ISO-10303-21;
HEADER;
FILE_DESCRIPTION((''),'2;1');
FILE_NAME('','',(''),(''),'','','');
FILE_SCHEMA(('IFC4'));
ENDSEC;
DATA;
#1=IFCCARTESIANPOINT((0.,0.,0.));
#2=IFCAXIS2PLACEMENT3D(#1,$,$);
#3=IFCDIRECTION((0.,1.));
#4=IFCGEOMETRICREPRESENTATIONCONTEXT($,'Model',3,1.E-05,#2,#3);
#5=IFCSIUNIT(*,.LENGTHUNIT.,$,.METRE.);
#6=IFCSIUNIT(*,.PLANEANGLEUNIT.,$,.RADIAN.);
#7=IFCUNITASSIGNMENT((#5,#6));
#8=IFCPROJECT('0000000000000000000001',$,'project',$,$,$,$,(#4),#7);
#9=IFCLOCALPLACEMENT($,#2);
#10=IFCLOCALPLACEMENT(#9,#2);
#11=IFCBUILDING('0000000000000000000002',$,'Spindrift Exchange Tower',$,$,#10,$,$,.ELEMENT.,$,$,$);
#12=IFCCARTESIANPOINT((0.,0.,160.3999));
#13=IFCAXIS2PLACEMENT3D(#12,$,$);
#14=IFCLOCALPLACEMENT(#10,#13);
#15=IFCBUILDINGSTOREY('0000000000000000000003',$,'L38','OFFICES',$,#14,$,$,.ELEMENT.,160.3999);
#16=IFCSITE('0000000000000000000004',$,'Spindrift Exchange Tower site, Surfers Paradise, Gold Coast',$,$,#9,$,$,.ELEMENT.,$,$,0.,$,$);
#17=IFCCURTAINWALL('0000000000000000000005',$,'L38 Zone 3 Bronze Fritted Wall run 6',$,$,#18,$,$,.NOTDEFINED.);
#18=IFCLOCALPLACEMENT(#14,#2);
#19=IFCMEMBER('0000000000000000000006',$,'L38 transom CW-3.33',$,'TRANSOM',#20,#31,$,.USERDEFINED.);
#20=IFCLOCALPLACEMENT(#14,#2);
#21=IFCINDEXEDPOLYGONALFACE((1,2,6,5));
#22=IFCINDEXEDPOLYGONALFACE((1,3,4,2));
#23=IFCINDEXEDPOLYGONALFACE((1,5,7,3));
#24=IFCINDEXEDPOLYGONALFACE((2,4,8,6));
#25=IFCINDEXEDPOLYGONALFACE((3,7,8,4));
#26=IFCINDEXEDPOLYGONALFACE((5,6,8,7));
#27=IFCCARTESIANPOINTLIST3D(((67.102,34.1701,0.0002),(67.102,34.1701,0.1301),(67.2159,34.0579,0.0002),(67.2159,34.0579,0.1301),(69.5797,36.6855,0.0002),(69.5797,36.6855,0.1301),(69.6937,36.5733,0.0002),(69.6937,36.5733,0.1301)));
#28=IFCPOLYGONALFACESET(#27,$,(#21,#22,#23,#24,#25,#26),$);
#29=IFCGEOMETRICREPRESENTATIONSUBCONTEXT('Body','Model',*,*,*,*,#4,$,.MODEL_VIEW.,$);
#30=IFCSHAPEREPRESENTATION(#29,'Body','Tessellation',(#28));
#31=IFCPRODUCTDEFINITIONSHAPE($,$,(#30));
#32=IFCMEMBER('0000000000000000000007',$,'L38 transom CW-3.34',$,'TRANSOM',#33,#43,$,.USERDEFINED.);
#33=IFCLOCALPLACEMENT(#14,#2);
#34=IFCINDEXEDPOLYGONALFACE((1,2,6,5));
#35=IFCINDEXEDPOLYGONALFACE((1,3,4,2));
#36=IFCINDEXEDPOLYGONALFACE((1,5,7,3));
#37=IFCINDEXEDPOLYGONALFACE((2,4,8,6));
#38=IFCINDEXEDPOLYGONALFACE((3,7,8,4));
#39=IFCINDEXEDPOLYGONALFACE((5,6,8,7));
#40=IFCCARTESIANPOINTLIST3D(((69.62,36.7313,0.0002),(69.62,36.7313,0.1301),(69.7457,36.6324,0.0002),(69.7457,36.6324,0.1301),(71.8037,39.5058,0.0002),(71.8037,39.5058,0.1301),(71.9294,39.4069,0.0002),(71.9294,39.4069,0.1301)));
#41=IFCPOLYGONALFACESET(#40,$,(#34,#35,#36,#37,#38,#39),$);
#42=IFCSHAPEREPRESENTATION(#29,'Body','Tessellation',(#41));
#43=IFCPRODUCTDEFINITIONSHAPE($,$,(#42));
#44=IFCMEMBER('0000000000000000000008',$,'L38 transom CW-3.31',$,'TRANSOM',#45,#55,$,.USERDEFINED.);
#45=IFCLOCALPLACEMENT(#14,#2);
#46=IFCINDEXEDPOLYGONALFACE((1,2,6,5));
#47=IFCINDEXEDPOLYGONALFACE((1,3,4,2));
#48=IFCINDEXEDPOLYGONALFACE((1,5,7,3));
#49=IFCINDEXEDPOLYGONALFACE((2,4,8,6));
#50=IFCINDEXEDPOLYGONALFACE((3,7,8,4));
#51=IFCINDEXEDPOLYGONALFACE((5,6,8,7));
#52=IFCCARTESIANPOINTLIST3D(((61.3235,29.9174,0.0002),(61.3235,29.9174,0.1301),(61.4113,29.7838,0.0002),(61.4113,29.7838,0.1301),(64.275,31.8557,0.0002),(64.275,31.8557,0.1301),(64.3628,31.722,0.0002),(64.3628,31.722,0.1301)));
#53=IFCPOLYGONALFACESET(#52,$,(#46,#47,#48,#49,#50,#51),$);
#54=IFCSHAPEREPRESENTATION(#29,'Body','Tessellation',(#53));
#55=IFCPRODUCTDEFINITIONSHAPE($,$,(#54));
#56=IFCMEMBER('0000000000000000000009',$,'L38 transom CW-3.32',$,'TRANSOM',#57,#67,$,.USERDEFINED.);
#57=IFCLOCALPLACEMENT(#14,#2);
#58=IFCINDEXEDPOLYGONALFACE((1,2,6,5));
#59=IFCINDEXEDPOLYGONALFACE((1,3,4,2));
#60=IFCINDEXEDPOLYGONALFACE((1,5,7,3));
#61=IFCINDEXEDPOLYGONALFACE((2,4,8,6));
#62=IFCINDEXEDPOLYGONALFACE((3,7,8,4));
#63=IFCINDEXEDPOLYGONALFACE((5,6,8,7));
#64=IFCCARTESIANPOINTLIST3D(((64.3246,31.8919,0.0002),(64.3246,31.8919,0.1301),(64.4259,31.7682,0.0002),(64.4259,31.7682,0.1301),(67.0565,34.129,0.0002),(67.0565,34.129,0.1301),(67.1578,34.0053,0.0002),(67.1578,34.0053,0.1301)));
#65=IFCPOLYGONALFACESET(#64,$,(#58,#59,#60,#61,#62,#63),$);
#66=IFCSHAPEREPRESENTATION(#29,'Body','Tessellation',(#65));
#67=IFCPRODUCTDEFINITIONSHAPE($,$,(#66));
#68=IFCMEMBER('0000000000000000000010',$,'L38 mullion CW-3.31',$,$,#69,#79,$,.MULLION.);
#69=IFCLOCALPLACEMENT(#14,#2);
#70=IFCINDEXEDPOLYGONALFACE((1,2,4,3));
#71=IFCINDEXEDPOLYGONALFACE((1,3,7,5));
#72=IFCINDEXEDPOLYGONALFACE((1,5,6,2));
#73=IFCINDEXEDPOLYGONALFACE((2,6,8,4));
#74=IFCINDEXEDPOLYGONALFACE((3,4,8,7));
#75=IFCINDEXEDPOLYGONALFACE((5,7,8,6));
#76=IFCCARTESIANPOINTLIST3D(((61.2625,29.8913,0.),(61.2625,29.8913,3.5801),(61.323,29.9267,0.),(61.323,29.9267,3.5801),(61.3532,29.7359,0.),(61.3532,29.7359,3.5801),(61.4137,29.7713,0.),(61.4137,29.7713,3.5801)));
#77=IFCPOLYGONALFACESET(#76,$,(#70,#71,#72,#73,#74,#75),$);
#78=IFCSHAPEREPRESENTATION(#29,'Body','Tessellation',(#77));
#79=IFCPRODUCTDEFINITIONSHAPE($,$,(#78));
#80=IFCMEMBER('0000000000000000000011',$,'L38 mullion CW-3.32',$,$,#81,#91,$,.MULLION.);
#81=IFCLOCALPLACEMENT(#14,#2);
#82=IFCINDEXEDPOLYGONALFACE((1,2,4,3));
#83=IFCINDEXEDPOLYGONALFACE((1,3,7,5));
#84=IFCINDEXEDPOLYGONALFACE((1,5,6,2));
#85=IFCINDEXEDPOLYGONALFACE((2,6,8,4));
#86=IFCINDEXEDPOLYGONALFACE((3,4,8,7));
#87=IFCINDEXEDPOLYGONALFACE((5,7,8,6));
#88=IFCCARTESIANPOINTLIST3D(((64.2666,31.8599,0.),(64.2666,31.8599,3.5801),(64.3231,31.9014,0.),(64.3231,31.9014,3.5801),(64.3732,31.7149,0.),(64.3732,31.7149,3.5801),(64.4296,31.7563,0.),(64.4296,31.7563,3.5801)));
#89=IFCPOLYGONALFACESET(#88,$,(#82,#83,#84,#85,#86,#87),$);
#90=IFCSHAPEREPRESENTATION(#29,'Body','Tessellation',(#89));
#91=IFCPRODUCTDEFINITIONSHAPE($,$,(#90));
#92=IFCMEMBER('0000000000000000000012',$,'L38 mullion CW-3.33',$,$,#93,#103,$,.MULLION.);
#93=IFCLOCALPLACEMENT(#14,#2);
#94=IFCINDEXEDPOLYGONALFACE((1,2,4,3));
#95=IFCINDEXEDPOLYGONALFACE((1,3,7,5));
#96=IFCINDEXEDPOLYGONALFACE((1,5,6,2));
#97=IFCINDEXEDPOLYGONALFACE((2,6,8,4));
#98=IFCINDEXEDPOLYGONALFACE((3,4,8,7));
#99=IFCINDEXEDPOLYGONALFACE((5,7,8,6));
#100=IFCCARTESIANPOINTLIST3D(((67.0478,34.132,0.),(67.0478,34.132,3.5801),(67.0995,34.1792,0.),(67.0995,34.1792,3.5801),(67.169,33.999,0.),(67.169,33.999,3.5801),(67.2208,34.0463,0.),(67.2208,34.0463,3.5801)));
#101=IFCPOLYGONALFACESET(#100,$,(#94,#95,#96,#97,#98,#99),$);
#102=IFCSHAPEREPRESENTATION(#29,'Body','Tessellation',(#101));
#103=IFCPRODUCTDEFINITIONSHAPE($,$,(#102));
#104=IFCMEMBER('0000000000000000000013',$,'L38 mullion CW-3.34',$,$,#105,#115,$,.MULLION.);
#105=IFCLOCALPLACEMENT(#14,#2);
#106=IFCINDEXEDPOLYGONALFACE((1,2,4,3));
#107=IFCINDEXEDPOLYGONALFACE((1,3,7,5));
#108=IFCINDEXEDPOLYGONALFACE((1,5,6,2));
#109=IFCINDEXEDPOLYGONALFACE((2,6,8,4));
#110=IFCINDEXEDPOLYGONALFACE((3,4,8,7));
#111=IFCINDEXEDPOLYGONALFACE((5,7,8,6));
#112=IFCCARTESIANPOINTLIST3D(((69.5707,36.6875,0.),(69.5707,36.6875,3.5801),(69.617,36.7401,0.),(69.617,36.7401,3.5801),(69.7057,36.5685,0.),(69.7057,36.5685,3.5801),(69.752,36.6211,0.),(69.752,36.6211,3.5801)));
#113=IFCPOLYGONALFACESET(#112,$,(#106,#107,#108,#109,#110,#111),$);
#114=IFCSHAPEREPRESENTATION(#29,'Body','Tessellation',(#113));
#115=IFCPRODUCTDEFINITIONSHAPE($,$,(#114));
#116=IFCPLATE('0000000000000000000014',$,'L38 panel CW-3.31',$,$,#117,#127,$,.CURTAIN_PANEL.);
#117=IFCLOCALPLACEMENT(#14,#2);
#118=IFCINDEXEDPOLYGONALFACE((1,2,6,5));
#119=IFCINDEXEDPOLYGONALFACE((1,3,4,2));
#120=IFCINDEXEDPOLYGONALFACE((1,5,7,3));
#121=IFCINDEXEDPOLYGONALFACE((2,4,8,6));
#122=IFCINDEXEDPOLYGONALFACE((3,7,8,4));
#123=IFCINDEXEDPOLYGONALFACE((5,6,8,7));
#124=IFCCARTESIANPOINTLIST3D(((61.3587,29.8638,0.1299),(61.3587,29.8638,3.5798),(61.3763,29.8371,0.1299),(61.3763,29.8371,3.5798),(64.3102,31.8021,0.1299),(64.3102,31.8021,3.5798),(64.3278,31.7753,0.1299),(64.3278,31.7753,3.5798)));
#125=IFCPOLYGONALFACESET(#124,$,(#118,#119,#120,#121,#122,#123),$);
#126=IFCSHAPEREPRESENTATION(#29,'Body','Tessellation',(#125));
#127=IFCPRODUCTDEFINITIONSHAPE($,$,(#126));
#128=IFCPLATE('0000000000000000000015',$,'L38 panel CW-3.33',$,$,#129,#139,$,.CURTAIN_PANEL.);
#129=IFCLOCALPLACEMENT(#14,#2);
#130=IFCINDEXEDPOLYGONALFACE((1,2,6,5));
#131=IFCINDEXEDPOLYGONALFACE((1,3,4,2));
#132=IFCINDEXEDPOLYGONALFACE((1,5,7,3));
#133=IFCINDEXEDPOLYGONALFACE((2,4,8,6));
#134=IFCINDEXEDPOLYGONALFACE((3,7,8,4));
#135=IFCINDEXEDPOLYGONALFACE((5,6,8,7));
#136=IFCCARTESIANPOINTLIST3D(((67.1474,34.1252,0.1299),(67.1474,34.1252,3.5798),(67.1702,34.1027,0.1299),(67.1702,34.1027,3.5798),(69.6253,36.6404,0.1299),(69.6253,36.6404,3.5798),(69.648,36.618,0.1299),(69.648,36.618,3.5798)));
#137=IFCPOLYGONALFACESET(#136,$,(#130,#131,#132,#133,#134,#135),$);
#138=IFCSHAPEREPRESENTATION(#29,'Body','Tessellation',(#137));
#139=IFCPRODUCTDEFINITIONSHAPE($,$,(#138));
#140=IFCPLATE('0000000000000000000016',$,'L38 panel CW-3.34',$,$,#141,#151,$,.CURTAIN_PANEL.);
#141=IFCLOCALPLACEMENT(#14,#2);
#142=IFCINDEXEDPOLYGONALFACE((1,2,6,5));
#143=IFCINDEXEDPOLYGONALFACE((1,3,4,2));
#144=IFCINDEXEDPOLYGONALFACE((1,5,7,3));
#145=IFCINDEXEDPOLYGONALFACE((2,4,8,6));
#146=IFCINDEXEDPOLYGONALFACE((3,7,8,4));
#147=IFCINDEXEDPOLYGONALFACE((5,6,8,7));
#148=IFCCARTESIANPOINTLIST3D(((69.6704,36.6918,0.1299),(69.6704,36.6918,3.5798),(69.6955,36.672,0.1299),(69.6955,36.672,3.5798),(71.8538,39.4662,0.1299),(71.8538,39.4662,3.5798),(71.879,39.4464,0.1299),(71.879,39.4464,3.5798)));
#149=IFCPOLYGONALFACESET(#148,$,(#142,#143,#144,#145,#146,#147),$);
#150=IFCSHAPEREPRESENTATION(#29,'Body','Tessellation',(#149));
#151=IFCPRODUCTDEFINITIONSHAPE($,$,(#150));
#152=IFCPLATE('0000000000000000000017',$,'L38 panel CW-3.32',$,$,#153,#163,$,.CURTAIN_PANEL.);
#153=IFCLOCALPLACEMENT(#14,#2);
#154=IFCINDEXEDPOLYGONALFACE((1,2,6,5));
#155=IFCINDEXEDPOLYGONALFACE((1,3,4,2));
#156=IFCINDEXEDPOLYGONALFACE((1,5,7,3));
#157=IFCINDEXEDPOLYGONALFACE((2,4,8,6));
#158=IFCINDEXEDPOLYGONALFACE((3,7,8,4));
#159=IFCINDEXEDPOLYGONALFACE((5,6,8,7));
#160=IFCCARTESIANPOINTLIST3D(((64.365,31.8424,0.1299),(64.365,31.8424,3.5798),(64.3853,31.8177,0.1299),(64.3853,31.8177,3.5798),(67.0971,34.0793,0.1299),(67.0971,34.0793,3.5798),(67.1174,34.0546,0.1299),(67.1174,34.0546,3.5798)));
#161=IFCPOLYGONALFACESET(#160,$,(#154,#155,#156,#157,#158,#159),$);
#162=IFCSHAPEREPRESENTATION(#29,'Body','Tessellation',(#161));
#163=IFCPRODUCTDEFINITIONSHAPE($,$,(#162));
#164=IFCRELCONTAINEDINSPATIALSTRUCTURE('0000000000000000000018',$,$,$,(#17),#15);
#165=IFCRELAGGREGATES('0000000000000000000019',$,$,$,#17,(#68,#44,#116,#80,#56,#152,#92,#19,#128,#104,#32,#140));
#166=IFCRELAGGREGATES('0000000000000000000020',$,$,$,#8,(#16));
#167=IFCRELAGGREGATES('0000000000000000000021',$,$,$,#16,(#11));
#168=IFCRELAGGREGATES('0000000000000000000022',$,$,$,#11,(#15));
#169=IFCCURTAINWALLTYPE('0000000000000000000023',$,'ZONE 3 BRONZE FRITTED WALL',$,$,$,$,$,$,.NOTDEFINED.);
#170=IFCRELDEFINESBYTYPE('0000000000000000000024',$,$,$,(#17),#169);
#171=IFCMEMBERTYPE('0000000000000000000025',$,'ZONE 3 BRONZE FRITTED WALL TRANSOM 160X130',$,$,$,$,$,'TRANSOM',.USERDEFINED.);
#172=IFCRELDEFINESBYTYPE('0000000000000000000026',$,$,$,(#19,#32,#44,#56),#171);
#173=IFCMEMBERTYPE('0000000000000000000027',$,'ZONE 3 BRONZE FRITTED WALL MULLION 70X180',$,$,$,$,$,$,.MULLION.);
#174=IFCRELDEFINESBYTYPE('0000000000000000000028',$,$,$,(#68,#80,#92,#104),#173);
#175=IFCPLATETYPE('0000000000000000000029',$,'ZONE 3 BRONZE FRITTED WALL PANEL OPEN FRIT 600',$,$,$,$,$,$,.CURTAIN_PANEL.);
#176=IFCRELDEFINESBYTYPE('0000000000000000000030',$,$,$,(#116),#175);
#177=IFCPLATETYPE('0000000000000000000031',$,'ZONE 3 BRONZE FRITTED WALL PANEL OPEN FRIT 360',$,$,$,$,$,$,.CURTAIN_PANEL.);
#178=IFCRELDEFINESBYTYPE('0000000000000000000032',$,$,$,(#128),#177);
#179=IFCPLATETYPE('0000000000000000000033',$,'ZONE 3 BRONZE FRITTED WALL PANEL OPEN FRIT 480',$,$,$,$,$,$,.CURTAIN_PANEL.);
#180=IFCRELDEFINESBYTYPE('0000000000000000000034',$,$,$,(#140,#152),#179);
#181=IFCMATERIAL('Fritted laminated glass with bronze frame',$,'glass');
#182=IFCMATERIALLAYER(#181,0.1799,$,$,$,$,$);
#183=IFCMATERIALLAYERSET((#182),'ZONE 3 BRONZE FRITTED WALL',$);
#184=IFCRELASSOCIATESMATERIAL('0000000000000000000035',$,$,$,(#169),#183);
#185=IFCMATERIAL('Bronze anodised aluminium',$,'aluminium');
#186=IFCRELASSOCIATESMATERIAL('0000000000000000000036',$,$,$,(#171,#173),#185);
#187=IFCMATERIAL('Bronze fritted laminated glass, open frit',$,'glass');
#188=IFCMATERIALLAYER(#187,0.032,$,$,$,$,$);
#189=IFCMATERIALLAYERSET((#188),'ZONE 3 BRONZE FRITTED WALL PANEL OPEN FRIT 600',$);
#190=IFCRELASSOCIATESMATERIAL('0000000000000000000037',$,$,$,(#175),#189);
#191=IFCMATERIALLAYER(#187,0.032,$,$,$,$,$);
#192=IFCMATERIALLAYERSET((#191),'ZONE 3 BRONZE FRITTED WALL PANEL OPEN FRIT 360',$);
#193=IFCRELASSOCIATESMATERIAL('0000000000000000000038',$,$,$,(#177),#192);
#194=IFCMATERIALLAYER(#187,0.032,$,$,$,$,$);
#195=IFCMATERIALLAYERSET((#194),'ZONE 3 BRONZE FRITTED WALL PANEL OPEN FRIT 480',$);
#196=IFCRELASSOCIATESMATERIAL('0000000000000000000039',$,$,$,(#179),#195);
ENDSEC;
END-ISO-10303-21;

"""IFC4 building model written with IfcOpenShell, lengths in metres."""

from ifc_helpers import new_model, si_unit, direction, frame, origin, origin_2d, place, context, subcontext, project, spatial, rectangle, extrude, source, transform, mapped, material, layer, layer_set, material_profile, profile_set, type_object, element, aggregate, save


model = new_model("IFC4")

# Units and contexts
model_context = context("Model", 3, precision=1e-05, world=origin(), true_north=direction((0.0, 1.0)))
body_context = subcontext(model_context, "Body", "Model", "MODEL_VIEW")
ifc_project = project(units=[si_unit("LENGTHUNIT", "METRE"), si_unit("PLANEANGLEUNIT", "RADIAN")], contexts=[model_context])

# Site, building, storey
site_placement = place(None, origin())
site = spatial("IfcSite", under=ifc_project, at=site_placement, Name="Spindrift Exchange Tower site, Surfers Paradise, Gold Coast", CompositionType="ELEMENT", RefElevation=0.0)
building_placement = place(site_placement, origin())
building = spatial("IfcBuilding", under=site, at=building_placement, Name="Spindrift Exchange Tower", CompositionType="ELEMENT")
storey_placement = place(building_placement, frame((0.0, 0.0, 160.3999)))
storey = spatial("IfcBuildingStorey", under=building, at=storey_placement, Name="L38", Description="OFFICES", CompositionType="ELEMENT", Elevation=160.3999)

# Curtain wall, members, plates
ifc_material_1 = material(Name="Fritted laminated glass with bronze frame", Category="glass")
ifc_layer_1 = layer(ifc_material_1, 0.1799)
ifc_layer_set_1 = layer_set([ifc_layer_1], Name="ZONE 3 BRONZE FRITTED WALL")
curtain_wall_type = type_object("IfcCurtainWallType", Name="ZONE 3 BRONZE FRITTED WALL", PredefinedType="NOTDEFINED", material=ifc_layer_set_1)
curtain_wall_placement = place(storey_placement, origin())
curtain_wall = element("IfcCurtainWall", 1, at=curtain_wall_placement, inside=storey, type_object=curtain_wall_type, Name="L38 Zone 3 Bronze Fritted Wall run 6", PredefinedType="NOTDEFINED")
ifc_material_2 = material(Name="Bronze anodised aluminium", Category="aluminium")
ifc_material_profile_1 = material_profile(ifc_material_2, rectangle(XDim=0.1599, YDim=0.1299, at=origin_2d()), Name="ZONE 3 BRONZE FRITTED WALL TRANSOM 160X130")
ifc_profile_set_1 = profile_set([ifc_material_profile_1], Name="Bronze anodised aluminium")
member_type_1 = type_object("IfcMemberType", Name="ZONE 3 BRONZE FRITTED WALL TRANSOM 160X130", ElementType="TRANSOM", PredefinedType="USERDEFINED", material=ifc_profile_set_1)
shared_shape_1 = source(origin(), body_context, "Body", "SweptSolid", [
    extrude(rectangle(XDim=0.1599, YDim=0.1299, at=origin_2d()), origin(), (0.0, 0.0, 1.0), 3.5308),
])
member_1_placement = place(storey_placement, frame((67.1589, 34.114, 0.0652), z_axis=(0.701762, 0.712411, 0.0), x_axis=(-0.712411, 0.701762, 0.0)))
member_1 = element("IfcMember", 2, at=member_1_placement, type_object=member_type_1, Name="L38 transom CW-3.33", ObjectType="TRANSOM", PredefinedType="USERDEFINED", context=body_context, shape_type="MappedRepresentation", body=[
    mapped(shared_shape_1, transform((0.0, 0.0, 0.0), scale=1.0)),
])
member_2_placement = place(storey_placement, frame((69.6829, 36.6819, 0.0652), z_axis=(0.618469, 0.785809, 0.0), x_axis=(-0.785809, 0.618469, 0.0)))
member_2 = element("IfcMember", 3, at=member_2_placement, type_object=member_type_1, Name="L38 transom CW-3.34", ObjectType="TRANSOM", PredefinedType="USERDEFINED", context=body_context, shape_type="MappedRepresentation", body=[
    mapped(shared_shape_1, transform((0.0, 0.0, 0.0), scale=1.0)),
])
shared_shape_2 = source(origin(), body_context, "Body", "SweptSolid", [
    extrude(rectangle(XDim=0.1599, YDim=0.1299, at=origin_2d()), origin(), (0.0, 0.0, 1.0), 3.531),
])
member_3_placement = place(storey_placement, frame((61.3674, 29.8506, 0.0652), z_axis=(0.83587, 0.548927, 0.0), x_axis=(-0.548927, 0.83587, 0.0)))
member_3 = element("IfcMember", 4, at=member_3_placement, type_object=member_type_1, Name="L38 transom CW-3.31", ObjectType="TRANSOM", PredefinedType="USERDEFINED", context=body_context, shape_type="MappedRepresentation", body=[
    mapped(shared_shape_2, transform((0.0, 0.0, 0.0), scale=1.0)),
])
member_4_placement = place(storey_placement, frame((64.3752, 31.8301, 0.0652), z_axis=(0.773702, 0.63355, 0.0), x_axis=(-0.63355, 0.773702, 0.0)))
member_4 = element("IfcMember", 5, at=member_4_placement, type_object=member_type_1, Name="L38 transom CW-3.32", ObjectType="TRANSOM", PredefinedType="USERDEFINED", context=body_context, shape_type="MappedRepresentation", body=[
    mapped(shared_shape_2, transform((0.0, 0.0, 0.0), scale=1.0)),
])
ifc_material_profile_2 = material_profile(ifc_material_2, rectangle(XDim=0.0701, YDim=0.1799, at=origin_2d()), Name="ZONE 3 BRONZE FRITTED WALL MULLION 70X180")
ifc_profile_set_2 = profile_set([ifc_material_profile_2], Name="Bronze anodised aluminium")
member_type_2 = type_object("IfcMemberType", Name="ZONE 3 BRONZE FRITTED WALL MULLION 70X180", PredefinedType="MULLION", material=ifc_profile_set_2)
shared_shape_3 = source(origin(), body_context, "Body", "SweptSolid", [
    extrude(rectangle(XDim=0.0701, YDim=0.1799, at=origin_2d()), origin(), (0.0, 0.0, 1.0), 3.5801),
])
member_5_placement = place(storey_placement, frame((61.3381, 29.8313, 0.0), z_axis=(0.0, 0.0, 1.0), x_axis=(0.86368, 0.504041, 0.0)))
member_5 = element("IfcMember", 6, at=member_5_placement, type_object=member_type_2, Name="L38 mullion CW-3.31", PredefinedType="MULLION", context=body_context, shape_type="MappedRepresentation", body=[
    mapped(shared_shape_3, transform((0.0, 0.0, 0.0), scale=1.0)),
])
member_6_placement = place(storey_placement, frame((64.3481, 31.8081, 0.0), z_axis=(0.0, 0.0, 1.0), x_axis=(0.805919, 0.592026, 0.0)))
member_6 = element("IfcMember", 7, at=member_6_placement, type_object=member_type_2, Name="L38 mullion CW-3.32", PredefinedType="MULLION", context=body_context, shape_type="MappedRepresentation", body=[
    mapped(shared_shape_3, transform((0.0, 0.0, 0.0), scale=1.0)),
])
member_7_placement = place(storey_placement, frame((67.1343, 34.0891, 0.0), z_axis=(0.0, 0.0, 1.0), x_axis=(0.738823, 0.6739, 0.0)))
member_7 = element("IfcMember", 8, at=member_7_placement, type_object=member_type_2, Name="L38 mullion CW-3.33", PredefinedType="MULLION", context=body_context, shape_type="MappedRepresentation", body=[
    mapped(shared_shape_3, transform((0.0, 0.0, 0.0), scale=1.0)),
])
member_8_placement = place(storey_placement, frame((69.6614, 36.6543, 0.0), z_axis=(0.0, 0.0, 1.0), x_axis=(0.661147, 0.750256, 0.0)))
member_8 = element("IfcMember", 9, at=member_8_placement, type_object=member_type_2, Name="L38 mullion CW-3.34", PredefinedType="MULLION", context=body_context, shape_type="MappedRepresentation", body=[
    mapped(shared_shape_3, transform((0.0, 0.0, 0.0), scale=1.0)),
])
ifc_material_3 = material(Name="Bronze fritted laminated glass, open frit", Category="glass")
ifc_layer_2 = layer(ifc_material_3, 0.032)
ifc_layer_set_2 = layer_set([ifc_layer_2], Name="ZONE 3 BRONZE FRITTED WALL PANEL OPEN FRIT 600")
plate_type_1 = type_object("IfcPlateType", Name="ZONE 3 BRONZE FRITTED WALL PANEL OPEN FRIT 600", PredefinedType="CURTAIN_PANEL", material=ifc_layer_set_2)
shared_shape_4 = source(origin(), body_context, "Body", "SweptSolid", [
    extrude(rectangle(XDim=3.531, YDim=0.032, at=origin_2d()), origin(), (0.0, 0.0, 1.0), 3.45),
])
plate_1_placement = place(storey_placement, frame((62.8433, 30.8196, 0.1299), z_axis=(0.0, 0.0, 1.0), x_axis=(0.835875, 0.548919, 0.0)))
plate_1 = element("IfcPlate", 10, at=plate_1_placement, type_object=plate_type_1, Name="L38 panel CW-3.31", PredefinedType="CURTAIN_PANEL", context=body_context, shape_type="MappedRepresentation", body=[
    mapped(shared_shape_4, transform((0.0, 0.0, 0.0), scale=1.0)),
])
ifc_layer_3 = layer(ifc_material_3, 0.032)
ifc_layer_set_3 = layer_set([ifc_layer_3], Name="ZONE 3 BRONZE FRITTED WALL PANEL OPEN FRIT 360")
plate_type_2 = type_object("IfcPlateType", Name="ZONE 3 BRONZE FRITTED WALL PANEL OPEN FRIT 360", PredefinedType="CURTAIN_PANEL", material=ifc_layer_set_3)
shared_shape_5 = source(origin(), body_context, "Body", "SweptSolid", [
    extrude(rectangle(XDim=3.5308, YDim=0.032, at=origin_2d()), origin(), (0.0, 0.0, 1.0), 3.45),
])
plate_2_placement = place(storey_placement, frame((68.3977, 35.3716, 0.1299), z_axis=(0.0, 0.0, 1.0), x_axis=(0.701796, 0.712378, 0.0)))
plate_2 = element("IfcPlate", 11, at=plate_2_placement, type_object=plate_type_2, Name="L38 panel CW-3.33", PredefinedType="CURTAIN_PANEL", context=body_context, shape_type="MappedRepresentation", body=[
    mapped(shared_shape_5, transform((0.0, 0.0, 0.0), scale=1.0)),
])
ifc_layer_4 = layer(ifc_material_3, 0.032)
ifc_layer_set_4 = layer_set([ifc_layer_4], Name="ZONE 3 BRONZE FRITTED WALL PANEL OPEN FRIT 480")
plate_type_3 = type_object("IfcPlateType", Name="ZONE 3 BRONZE FRITTED WALL PANEL OPEN FRIT 480", PredefinedType="CURTAIN_PANEL", material=ifc_layer_set_4)
shared_shape_6 = source(origin(), body_context, "Body", "SweptSolid", [
    extrude(rectangle(XDim=3.5305, YDim=0.032, at=origin_2d()), origin(), (0.0, 0.0, 1.0), 3.45),
])
plate_3_placement = place(storey_placement, frame((70.7747, 38.0691, 0.1299), z_axis=(0.0, 0.0, 1.0), x_axis=(0.618456, 0.785819, 0.0)))
plate_3 = element("IfcPlate", 12, at=plate_3_placement, type_object=plate_type_3, Name="L38 panel CW-3.34", PredefinedType="CURTAIN_PANEL", context=body_context, shape_type="MappedRepresentation", body=[
    mapped(shared_shape_6, transform((0.0, 0.0, 0.0), scale=1.0)),
])
shared_shape_7 = source(origin(), body_context, "Body", "SweptSolid", [
    extrude(rectangle(XDim=3.531, YDim=0.032, at=origin_2d()), origin(), (0.0, 0.0, 1.0), 3.45),
])
plate_4_placement = place(storey_placement, frame((65.7412, 32.9485, 0.1299), z_axis=(0.0, 0.0, 1.0), x_axis=(0.773742, 0.633501, 0.0)))
plate_4 = element("IfcPlate", 13, at=plate_4_placement, type_object=plate_type_3, Name="L38 panel CW-3.32", PredefinedType="CURTAIN_PANEL", context=body_context, shape_type="MappedRepresentation", body=[
    mapped(shared_shape_7, transform((0.0, 0.0, 0.0), scale=1.0)),
])
aggregate(curtain_wall, [member_5, member_3, plate_1, member_6, member_4, plate_4, member_7, member_1, plate_2, member_8, member_2, plate_3])

save(model, "model.ifc")
